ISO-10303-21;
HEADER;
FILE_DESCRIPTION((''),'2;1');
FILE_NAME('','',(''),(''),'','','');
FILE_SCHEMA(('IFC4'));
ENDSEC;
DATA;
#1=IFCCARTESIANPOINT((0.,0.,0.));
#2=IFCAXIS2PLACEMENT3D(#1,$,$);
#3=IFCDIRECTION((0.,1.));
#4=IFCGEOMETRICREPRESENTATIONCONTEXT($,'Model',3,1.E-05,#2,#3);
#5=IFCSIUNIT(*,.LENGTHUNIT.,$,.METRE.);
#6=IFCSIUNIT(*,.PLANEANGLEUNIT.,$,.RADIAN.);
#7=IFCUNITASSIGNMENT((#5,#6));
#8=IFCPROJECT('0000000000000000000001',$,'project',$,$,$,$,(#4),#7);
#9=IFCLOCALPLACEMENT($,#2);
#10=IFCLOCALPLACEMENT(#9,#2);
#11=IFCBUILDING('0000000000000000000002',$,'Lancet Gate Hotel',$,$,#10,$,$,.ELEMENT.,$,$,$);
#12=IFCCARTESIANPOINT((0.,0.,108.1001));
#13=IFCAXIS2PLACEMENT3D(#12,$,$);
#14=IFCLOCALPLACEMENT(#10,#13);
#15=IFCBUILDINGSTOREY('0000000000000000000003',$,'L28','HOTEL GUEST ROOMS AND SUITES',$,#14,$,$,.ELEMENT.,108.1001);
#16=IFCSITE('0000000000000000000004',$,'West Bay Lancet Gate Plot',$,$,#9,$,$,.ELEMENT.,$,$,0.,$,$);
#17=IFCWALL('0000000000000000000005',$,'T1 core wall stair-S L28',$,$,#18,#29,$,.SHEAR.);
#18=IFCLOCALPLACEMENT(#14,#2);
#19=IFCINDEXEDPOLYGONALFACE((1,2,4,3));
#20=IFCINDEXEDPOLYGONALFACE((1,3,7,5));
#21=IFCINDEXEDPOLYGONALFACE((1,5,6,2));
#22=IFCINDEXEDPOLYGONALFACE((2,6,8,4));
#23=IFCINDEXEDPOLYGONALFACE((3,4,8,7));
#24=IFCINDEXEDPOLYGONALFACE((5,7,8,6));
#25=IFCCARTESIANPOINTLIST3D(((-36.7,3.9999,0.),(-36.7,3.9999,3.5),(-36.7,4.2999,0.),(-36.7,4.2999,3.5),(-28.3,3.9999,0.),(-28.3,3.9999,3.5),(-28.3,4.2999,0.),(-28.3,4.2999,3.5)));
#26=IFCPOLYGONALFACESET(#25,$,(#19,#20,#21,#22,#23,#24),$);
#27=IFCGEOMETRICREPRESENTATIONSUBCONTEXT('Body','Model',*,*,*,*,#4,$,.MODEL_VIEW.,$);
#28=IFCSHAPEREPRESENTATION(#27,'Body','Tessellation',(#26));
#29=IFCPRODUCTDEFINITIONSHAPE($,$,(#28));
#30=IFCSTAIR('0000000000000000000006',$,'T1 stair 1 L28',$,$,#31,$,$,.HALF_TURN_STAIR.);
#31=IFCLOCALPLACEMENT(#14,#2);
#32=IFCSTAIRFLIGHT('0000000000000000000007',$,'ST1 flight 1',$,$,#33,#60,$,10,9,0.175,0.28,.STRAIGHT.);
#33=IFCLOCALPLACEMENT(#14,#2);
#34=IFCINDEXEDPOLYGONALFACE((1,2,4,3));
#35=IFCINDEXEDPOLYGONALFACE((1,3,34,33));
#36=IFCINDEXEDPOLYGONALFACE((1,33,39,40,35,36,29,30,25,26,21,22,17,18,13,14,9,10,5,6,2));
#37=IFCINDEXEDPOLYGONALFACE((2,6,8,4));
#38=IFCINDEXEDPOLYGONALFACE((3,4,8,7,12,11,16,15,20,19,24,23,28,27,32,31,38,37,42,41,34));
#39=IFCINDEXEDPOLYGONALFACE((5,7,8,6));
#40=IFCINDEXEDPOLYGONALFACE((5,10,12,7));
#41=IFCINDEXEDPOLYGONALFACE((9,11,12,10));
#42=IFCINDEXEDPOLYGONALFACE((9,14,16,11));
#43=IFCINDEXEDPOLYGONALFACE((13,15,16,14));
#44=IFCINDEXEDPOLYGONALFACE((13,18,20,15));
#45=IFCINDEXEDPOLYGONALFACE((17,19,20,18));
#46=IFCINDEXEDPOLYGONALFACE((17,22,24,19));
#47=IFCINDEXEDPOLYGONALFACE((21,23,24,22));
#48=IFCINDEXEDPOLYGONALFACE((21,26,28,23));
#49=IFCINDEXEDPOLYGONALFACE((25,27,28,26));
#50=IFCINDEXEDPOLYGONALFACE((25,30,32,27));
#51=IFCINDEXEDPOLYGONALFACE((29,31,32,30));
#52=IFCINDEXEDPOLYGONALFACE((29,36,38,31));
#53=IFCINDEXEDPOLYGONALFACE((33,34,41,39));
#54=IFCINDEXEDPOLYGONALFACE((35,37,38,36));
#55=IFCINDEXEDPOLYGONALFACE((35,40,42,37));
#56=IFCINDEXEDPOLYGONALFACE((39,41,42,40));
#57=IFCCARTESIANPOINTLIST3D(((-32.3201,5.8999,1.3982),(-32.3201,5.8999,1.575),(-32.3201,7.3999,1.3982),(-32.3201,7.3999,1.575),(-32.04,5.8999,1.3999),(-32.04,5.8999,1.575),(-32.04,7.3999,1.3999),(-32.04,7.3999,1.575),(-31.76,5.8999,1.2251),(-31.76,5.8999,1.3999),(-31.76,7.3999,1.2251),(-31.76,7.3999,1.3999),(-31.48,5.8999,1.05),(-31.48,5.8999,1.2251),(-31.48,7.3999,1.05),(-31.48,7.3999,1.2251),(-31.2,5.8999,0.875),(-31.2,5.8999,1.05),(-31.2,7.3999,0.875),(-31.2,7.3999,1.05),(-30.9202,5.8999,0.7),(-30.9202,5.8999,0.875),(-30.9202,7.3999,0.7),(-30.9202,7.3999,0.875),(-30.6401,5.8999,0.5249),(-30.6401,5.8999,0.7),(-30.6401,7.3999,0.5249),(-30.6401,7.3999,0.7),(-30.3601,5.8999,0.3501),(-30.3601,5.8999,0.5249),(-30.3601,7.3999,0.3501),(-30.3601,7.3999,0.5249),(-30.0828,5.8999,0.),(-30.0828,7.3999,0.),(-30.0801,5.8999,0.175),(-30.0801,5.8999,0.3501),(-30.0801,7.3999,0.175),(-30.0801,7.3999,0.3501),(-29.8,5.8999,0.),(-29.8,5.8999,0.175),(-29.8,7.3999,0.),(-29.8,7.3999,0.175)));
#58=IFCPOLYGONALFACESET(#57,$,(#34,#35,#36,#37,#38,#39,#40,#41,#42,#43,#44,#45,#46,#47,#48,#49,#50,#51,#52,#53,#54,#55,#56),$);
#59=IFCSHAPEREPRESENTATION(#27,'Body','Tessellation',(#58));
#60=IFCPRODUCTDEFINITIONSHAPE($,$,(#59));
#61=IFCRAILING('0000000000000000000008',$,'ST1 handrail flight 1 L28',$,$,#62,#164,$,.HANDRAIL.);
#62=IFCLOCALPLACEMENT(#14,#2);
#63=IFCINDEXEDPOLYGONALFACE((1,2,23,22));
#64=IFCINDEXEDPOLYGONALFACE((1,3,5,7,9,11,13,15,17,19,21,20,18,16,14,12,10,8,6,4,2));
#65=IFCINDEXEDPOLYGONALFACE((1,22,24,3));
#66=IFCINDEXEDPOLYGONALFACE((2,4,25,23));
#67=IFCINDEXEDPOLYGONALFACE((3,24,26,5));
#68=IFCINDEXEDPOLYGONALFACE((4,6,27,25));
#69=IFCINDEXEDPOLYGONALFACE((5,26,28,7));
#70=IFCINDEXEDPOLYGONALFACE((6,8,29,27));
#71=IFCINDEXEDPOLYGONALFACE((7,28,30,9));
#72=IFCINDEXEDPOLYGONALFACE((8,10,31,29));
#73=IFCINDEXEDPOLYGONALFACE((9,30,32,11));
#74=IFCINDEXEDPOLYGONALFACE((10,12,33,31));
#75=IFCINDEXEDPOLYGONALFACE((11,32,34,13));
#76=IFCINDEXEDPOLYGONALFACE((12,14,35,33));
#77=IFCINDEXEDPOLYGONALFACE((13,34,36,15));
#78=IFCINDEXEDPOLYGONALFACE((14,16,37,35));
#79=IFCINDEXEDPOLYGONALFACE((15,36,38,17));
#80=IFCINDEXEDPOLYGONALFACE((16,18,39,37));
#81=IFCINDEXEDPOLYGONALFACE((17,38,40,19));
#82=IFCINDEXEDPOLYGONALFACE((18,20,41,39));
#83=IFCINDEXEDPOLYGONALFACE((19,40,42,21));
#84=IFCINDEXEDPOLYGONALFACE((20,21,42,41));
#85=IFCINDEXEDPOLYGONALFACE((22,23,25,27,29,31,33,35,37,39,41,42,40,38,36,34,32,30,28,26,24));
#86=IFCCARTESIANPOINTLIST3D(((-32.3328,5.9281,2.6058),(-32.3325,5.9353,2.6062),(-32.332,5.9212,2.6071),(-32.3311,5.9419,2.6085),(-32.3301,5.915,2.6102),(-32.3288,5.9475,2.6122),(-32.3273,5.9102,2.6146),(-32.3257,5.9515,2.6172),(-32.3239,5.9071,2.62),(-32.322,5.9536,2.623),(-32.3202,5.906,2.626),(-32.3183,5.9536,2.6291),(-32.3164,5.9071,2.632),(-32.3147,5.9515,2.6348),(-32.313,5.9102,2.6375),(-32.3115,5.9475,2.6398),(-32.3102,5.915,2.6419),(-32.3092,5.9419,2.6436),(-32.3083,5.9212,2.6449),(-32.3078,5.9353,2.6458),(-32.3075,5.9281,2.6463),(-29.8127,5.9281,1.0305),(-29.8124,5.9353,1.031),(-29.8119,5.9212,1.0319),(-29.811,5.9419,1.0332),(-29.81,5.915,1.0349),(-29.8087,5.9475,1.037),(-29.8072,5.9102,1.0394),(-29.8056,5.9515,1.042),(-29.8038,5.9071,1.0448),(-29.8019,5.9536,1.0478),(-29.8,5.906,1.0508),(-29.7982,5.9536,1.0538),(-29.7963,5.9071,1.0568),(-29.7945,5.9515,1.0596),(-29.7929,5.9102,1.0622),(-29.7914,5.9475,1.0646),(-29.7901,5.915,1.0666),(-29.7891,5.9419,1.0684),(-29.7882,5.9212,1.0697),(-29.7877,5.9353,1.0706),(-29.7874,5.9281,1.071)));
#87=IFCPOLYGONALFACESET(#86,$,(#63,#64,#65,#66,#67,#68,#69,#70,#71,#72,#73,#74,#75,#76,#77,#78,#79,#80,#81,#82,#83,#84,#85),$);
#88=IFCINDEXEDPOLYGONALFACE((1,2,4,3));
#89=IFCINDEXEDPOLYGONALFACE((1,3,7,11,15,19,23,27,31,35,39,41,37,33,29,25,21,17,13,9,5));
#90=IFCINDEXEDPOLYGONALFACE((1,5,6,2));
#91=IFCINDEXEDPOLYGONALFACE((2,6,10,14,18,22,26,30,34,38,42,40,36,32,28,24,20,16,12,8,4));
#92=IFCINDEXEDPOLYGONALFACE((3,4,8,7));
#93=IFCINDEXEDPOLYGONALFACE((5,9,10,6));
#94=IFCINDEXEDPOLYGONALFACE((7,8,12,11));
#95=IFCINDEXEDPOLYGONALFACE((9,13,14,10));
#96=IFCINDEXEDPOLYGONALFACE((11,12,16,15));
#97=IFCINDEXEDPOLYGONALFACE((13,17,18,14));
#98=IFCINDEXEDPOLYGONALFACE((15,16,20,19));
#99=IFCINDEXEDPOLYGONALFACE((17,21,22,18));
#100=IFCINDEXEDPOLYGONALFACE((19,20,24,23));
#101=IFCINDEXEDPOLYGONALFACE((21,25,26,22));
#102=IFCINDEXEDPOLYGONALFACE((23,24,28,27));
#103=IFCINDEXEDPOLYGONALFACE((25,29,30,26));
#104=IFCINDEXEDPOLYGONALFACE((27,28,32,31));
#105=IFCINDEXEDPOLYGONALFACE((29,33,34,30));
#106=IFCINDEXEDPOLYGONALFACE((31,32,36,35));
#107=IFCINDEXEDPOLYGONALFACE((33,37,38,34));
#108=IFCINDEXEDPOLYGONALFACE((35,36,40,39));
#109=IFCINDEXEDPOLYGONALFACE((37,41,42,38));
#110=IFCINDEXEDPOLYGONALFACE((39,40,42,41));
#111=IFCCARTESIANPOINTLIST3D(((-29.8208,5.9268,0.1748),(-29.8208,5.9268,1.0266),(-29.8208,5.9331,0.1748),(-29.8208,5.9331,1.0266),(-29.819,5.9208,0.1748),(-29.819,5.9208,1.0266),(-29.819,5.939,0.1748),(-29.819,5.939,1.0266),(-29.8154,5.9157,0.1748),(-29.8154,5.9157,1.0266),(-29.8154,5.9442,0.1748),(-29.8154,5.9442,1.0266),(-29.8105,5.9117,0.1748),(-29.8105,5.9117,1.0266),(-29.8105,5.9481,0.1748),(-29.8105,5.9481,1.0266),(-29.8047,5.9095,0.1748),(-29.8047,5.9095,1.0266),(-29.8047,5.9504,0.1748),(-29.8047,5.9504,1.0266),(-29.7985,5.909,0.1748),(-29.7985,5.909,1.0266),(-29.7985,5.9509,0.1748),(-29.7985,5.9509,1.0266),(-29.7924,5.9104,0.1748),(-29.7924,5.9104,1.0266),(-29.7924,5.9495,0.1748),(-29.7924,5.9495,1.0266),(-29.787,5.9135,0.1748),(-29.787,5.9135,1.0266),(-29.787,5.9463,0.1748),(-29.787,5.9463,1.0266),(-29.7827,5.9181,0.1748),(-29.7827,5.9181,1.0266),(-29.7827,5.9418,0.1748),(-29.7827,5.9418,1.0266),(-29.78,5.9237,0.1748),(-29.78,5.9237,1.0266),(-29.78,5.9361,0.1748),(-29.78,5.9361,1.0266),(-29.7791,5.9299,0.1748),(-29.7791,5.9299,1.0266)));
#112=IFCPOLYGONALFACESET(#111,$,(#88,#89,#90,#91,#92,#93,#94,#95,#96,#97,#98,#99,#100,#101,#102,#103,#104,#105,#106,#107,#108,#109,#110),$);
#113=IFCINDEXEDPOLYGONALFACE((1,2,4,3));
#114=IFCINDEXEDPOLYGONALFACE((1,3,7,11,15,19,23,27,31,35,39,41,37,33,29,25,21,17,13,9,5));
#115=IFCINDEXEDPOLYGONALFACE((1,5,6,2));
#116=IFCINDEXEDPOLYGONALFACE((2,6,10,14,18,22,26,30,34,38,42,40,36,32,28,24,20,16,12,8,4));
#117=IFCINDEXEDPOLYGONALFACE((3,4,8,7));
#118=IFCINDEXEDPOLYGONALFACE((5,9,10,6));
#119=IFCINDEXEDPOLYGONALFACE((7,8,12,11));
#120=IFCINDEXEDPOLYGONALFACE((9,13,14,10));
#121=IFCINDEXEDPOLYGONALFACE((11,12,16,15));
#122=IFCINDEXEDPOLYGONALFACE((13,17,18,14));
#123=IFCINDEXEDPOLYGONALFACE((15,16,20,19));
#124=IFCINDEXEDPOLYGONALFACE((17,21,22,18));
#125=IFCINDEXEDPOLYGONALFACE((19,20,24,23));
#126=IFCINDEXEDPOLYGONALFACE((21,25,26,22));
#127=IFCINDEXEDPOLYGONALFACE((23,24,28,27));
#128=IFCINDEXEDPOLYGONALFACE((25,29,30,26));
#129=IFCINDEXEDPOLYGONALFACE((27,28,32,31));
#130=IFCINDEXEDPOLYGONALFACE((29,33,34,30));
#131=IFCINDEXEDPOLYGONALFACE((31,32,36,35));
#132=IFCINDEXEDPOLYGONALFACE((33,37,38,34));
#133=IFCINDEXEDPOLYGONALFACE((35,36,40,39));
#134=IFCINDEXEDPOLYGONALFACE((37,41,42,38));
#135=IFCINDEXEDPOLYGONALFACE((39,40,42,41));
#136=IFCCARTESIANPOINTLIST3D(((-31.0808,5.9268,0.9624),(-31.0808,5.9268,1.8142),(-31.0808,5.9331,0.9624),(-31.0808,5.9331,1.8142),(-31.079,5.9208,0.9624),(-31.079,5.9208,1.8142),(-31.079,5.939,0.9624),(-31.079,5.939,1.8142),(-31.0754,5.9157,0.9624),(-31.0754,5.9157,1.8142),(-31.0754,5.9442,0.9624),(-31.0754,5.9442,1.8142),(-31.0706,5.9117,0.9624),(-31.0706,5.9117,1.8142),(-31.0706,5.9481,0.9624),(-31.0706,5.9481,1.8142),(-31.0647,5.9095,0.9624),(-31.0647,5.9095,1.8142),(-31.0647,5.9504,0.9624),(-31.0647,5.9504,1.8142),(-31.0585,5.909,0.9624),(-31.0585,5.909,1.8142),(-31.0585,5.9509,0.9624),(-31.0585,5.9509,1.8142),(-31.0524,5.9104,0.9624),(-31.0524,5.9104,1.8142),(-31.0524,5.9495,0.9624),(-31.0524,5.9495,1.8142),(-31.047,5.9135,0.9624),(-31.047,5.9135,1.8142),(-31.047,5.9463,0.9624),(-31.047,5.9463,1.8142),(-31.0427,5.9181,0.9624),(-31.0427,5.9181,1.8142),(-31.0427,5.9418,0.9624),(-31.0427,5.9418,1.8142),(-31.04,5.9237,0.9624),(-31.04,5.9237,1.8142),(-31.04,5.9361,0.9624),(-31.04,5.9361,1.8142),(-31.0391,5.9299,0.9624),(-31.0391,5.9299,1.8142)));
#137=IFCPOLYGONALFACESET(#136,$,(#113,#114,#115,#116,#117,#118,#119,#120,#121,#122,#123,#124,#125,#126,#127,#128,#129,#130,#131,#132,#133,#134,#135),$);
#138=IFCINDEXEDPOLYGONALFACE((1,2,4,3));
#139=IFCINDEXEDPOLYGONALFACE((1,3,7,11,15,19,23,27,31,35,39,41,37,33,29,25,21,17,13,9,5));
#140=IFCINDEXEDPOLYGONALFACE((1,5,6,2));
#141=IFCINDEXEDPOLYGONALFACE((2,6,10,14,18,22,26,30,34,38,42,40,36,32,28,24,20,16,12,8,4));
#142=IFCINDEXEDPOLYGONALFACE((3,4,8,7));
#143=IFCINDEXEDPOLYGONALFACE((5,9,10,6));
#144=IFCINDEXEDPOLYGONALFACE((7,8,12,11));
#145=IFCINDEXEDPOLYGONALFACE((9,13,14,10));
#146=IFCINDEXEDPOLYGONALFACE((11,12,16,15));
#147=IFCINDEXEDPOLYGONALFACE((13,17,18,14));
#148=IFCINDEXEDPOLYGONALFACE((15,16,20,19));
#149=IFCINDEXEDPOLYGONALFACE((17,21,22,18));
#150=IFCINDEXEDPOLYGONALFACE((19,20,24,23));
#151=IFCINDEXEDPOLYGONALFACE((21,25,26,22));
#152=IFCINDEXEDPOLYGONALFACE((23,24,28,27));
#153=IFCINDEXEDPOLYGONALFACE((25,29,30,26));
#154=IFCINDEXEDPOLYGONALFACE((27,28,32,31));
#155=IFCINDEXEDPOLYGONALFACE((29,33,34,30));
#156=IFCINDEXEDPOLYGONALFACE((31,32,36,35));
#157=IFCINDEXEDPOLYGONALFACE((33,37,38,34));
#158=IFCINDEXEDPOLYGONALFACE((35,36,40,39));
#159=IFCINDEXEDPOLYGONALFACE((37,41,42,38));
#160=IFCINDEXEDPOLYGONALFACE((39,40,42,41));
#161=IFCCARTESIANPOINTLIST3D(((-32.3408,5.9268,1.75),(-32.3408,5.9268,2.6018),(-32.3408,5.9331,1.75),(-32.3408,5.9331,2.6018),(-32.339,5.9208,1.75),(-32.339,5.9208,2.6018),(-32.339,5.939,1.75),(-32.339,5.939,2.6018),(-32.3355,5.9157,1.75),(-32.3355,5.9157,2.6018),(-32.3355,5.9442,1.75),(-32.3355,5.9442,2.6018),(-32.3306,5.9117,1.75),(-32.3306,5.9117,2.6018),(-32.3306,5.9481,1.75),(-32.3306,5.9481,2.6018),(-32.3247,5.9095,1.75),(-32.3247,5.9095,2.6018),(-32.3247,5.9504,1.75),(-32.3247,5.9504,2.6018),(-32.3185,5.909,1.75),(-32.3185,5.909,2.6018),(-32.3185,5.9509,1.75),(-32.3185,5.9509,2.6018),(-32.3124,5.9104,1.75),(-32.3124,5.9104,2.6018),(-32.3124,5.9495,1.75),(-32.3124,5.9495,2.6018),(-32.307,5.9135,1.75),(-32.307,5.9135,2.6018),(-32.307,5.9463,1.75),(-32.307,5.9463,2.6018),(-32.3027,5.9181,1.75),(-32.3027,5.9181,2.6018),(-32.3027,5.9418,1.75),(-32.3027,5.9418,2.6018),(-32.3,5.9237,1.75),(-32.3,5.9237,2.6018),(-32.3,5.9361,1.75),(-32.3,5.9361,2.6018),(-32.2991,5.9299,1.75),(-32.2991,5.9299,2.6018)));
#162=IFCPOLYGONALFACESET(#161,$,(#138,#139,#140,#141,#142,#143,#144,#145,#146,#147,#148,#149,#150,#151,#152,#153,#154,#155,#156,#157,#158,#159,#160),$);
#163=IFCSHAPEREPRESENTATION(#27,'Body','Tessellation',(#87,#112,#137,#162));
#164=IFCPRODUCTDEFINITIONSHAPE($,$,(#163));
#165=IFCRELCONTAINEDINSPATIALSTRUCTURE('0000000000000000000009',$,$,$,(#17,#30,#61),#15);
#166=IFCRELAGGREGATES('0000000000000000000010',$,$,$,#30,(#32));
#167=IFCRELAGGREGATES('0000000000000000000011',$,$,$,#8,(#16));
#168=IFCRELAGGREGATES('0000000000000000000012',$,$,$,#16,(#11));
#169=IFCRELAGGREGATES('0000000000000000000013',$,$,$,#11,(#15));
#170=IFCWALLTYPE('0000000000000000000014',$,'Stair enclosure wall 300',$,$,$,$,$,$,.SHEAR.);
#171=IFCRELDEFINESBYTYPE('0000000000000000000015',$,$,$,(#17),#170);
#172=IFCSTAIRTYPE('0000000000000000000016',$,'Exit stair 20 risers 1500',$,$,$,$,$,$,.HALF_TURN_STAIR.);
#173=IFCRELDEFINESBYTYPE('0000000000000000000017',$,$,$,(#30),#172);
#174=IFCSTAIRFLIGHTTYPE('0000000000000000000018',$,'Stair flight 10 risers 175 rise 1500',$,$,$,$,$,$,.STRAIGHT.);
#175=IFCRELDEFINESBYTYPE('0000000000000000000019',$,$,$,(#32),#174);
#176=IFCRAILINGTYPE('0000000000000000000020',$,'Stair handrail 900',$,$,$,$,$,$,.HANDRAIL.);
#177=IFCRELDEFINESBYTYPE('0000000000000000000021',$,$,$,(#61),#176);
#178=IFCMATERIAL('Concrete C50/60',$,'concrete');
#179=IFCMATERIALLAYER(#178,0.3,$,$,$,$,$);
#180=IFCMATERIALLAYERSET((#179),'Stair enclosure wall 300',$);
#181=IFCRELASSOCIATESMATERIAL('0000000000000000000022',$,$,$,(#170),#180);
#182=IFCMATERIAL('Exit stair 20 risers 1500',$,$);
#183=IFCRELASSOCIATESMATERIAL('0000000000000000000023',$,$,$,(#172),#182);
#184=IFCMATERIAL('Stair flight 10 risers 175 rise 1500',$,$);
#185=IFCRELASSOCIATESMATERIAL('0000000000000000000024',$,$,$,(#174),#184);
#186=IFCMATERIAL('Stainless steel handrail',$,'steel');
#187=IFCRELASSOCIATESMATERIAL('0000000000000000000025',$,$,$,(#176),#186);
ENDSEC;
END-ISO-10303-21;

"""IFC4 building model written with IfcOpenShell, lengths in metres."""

from ifc_helpers import new_model, si_unit, direction, frame, frame_2d, origin, origin_2d, place, context, subcontext, project, spatial, polyline, rectangle, circle, outline, extrude, material, layer, layer_set, type_object, element, aggregate, save


model = new_model("IFC4")

# Units and contexts
model_context = context("Model", 3, precision=1e-05, world=origin(), true_north=direction((0.0, 1.0)))
body_context = subcontext(model_context, "Body", "Model", "MODEL_VIEW")
ifc_project = project(units=[si_unit("LENGTHUNIT", "METRE"), si_unit("PLANEANGLEUNIT", "RADIAN")], contexts=[model_context])

# Site, building, storey
site_placement = place(None, origin())
site = spatial("IfcSite", under=ifc_project, at=site_placement, Name="West Bay Lancet Gate Plot", CompositionType="ELEMENT", RefElevation=0.0)
building_placement = place(site_placement, origin())
building = spatial("IfcBuilding", under=site, at=building_placement, Name="Lancet Gate Hotel", CompositionType="ELEMENT")
storey_placement = place(building_placement, frame((0.0, 0.0, 108.1001)))
storey = spatial("IfcBuildingStorey", under=building, at=storey_placement, Name="L28", Description="HOTEL GUEST ROOMS AND SUITES", CompositionType="ELEMENT", Elevation=108.1001)

# Wall
ifc_material_1 = material(Name="Concrete C50/60", Category="concrete")
ifc_layer_1 = layer(ifc_material_1, 0.3)
ifc_layer_set_1 = layer_set([ifc_layer_1], Name="Stair enclosure wall 300")
wall_type_1 = type_object("IfcWallType", Name="Stair enclosure wall 300", PredefinedType="SHEAR", material=ifc_layer_set_1)
wall_1_placement = place(storey_placement, frame((-28.3, 4.1499, 0.0), z_axis=(0.0, 0.0, 1.0), x_axis=(-1.0, 0.0, 0.0)))
element("IfcWall", 1, at=wall_1_placement, inside=storey, type_object=wall_type_1, Name="T1 core wall stair-S L28", PredefinedType="SHEAR", context=body_context, shape_type="SweptSolid", body=[
    extrude(rectangle(XDim=8.3999, YDim=0.3, at=frame_2d((4.2, 0.0))), origin(), (0.0, 0.0, 1.0), 3.5),
])

# Stair, stair flight
ifc_material_2 = material(Name="Exit stair 20 risers 1500")
stair_type = type_object("IfcStairType", Name="Exit stair 20 risers 1500", PredefinedType="HALF_TURN_STAIR", material=ifc_material_2)
stair_placement = place(storey_placement, origin())
stair = element("IfcStair", 2, at=stair_placement, inside=storey, type_object=stair_type, Name="T1 stair 1 L28", PredefinedType="HALF_TURN_STAIR")
ifc_material_3 = material(Name="Stair flight 10 risers 175 rise 1500")
stair_flight_type = type_object("IfcStairFlightType", Name="Stair flight 10 risers 175 rise 1500", PredefinedType="STRAIGHT", material=ifc_material_3)
stair_flight_placement = place(storey_placement, frame((-29.8, 6.6499, 0.0), z_axis=(0.0, 0.0, 1.0), x_axis=(-1.0, 0.0, 0.0)))
stair_flight = element("IfcStairFlight", 3, at=stair_flight_placement, type_object=stair_flight_type, Name="ST1 flight 1", NumberOfRisers=10, NumberOfTreads=9, PredefinedType="STRAIGHT", RiserHeight=0.175, TreadLength=0.28, context=body_context, shape_type="SweptSolid", body=[
    extrude(outline(polyline([(0.0, 0.0), (0.0, 0.175), (0.28, 0.175), (0.28, 0.3501), (0.5601, 0.3501), (0.5601, 0.5249), (0.8401, 0.5249), (0.8401, 0.7), (1.1201, 0.7), (1.1201, 0.875), (1.3999, 0.875), (1.3999, 1.05), (1.6799, 1.05), (1.6799, 1.2251), (1.96, 1.2251), (1.96, 1.3999), (2.24, 1.3999), (2.24, 1.575), (2.52, 1.575), (2.52, 1.75), (2.52, 1.3982), (0.2827, 0.0), (0.0, 0.0)])), frame((0.0, 0.75, 0.0), z_axis=(0.0, -1.0, 0.0), x_axis=(1.0, 0.0, 0.0)), (0.0, 0.0, 1.0), 1.5),
])
aggregate(stair, [stair_flight])

# Railing
ifc_material_4 = material(Name="Stainless steel handrail", Category="steel")
railing_type = type_object("IfcRailingType", Name="Stair handrail 900", PredefinedType="HANDRAIL", material=ifc_material_4)
railing_placement = place(storey_placement, frame((-29.8, 5.9299, 0.1748)))
element("IfcRailing", 4, at=railing_placement, inside=storey, type_object=railing_type, Name="ST1 handrail flight 1 L28", PredefinedType="HANDRAIL", context=body_context, shape_type="SweptSolid", body=[
    extrude(circle(Radius=0.0239, at=origin_2d()), frame((0.0, 0.0, 0.876), z_axis=(-0.847971, 0.0, 0.530043), x_axis=(0.0, -1.0, 0.0)), (0.0, 0.0, 1.0), 2.9719),
    extrude(circle(Radius=0.021, at=origin_2d()), origin(), (0.0, 0.0, 1.0), 0.8518),
    extrude(circle(Radius=0.021, at=origin_2d()), frame((-1.26, 0.0, 0.7876)), (0.0, 0.0, 1.0), 0.8518),
    extrude(circle(Radius=0.021, at=origin_2d()), frame((-2.52, 0.0, 1.5752)), (0.0, 0.0, 1.0), 0.8518),
])

save(model, "model.ifc")
